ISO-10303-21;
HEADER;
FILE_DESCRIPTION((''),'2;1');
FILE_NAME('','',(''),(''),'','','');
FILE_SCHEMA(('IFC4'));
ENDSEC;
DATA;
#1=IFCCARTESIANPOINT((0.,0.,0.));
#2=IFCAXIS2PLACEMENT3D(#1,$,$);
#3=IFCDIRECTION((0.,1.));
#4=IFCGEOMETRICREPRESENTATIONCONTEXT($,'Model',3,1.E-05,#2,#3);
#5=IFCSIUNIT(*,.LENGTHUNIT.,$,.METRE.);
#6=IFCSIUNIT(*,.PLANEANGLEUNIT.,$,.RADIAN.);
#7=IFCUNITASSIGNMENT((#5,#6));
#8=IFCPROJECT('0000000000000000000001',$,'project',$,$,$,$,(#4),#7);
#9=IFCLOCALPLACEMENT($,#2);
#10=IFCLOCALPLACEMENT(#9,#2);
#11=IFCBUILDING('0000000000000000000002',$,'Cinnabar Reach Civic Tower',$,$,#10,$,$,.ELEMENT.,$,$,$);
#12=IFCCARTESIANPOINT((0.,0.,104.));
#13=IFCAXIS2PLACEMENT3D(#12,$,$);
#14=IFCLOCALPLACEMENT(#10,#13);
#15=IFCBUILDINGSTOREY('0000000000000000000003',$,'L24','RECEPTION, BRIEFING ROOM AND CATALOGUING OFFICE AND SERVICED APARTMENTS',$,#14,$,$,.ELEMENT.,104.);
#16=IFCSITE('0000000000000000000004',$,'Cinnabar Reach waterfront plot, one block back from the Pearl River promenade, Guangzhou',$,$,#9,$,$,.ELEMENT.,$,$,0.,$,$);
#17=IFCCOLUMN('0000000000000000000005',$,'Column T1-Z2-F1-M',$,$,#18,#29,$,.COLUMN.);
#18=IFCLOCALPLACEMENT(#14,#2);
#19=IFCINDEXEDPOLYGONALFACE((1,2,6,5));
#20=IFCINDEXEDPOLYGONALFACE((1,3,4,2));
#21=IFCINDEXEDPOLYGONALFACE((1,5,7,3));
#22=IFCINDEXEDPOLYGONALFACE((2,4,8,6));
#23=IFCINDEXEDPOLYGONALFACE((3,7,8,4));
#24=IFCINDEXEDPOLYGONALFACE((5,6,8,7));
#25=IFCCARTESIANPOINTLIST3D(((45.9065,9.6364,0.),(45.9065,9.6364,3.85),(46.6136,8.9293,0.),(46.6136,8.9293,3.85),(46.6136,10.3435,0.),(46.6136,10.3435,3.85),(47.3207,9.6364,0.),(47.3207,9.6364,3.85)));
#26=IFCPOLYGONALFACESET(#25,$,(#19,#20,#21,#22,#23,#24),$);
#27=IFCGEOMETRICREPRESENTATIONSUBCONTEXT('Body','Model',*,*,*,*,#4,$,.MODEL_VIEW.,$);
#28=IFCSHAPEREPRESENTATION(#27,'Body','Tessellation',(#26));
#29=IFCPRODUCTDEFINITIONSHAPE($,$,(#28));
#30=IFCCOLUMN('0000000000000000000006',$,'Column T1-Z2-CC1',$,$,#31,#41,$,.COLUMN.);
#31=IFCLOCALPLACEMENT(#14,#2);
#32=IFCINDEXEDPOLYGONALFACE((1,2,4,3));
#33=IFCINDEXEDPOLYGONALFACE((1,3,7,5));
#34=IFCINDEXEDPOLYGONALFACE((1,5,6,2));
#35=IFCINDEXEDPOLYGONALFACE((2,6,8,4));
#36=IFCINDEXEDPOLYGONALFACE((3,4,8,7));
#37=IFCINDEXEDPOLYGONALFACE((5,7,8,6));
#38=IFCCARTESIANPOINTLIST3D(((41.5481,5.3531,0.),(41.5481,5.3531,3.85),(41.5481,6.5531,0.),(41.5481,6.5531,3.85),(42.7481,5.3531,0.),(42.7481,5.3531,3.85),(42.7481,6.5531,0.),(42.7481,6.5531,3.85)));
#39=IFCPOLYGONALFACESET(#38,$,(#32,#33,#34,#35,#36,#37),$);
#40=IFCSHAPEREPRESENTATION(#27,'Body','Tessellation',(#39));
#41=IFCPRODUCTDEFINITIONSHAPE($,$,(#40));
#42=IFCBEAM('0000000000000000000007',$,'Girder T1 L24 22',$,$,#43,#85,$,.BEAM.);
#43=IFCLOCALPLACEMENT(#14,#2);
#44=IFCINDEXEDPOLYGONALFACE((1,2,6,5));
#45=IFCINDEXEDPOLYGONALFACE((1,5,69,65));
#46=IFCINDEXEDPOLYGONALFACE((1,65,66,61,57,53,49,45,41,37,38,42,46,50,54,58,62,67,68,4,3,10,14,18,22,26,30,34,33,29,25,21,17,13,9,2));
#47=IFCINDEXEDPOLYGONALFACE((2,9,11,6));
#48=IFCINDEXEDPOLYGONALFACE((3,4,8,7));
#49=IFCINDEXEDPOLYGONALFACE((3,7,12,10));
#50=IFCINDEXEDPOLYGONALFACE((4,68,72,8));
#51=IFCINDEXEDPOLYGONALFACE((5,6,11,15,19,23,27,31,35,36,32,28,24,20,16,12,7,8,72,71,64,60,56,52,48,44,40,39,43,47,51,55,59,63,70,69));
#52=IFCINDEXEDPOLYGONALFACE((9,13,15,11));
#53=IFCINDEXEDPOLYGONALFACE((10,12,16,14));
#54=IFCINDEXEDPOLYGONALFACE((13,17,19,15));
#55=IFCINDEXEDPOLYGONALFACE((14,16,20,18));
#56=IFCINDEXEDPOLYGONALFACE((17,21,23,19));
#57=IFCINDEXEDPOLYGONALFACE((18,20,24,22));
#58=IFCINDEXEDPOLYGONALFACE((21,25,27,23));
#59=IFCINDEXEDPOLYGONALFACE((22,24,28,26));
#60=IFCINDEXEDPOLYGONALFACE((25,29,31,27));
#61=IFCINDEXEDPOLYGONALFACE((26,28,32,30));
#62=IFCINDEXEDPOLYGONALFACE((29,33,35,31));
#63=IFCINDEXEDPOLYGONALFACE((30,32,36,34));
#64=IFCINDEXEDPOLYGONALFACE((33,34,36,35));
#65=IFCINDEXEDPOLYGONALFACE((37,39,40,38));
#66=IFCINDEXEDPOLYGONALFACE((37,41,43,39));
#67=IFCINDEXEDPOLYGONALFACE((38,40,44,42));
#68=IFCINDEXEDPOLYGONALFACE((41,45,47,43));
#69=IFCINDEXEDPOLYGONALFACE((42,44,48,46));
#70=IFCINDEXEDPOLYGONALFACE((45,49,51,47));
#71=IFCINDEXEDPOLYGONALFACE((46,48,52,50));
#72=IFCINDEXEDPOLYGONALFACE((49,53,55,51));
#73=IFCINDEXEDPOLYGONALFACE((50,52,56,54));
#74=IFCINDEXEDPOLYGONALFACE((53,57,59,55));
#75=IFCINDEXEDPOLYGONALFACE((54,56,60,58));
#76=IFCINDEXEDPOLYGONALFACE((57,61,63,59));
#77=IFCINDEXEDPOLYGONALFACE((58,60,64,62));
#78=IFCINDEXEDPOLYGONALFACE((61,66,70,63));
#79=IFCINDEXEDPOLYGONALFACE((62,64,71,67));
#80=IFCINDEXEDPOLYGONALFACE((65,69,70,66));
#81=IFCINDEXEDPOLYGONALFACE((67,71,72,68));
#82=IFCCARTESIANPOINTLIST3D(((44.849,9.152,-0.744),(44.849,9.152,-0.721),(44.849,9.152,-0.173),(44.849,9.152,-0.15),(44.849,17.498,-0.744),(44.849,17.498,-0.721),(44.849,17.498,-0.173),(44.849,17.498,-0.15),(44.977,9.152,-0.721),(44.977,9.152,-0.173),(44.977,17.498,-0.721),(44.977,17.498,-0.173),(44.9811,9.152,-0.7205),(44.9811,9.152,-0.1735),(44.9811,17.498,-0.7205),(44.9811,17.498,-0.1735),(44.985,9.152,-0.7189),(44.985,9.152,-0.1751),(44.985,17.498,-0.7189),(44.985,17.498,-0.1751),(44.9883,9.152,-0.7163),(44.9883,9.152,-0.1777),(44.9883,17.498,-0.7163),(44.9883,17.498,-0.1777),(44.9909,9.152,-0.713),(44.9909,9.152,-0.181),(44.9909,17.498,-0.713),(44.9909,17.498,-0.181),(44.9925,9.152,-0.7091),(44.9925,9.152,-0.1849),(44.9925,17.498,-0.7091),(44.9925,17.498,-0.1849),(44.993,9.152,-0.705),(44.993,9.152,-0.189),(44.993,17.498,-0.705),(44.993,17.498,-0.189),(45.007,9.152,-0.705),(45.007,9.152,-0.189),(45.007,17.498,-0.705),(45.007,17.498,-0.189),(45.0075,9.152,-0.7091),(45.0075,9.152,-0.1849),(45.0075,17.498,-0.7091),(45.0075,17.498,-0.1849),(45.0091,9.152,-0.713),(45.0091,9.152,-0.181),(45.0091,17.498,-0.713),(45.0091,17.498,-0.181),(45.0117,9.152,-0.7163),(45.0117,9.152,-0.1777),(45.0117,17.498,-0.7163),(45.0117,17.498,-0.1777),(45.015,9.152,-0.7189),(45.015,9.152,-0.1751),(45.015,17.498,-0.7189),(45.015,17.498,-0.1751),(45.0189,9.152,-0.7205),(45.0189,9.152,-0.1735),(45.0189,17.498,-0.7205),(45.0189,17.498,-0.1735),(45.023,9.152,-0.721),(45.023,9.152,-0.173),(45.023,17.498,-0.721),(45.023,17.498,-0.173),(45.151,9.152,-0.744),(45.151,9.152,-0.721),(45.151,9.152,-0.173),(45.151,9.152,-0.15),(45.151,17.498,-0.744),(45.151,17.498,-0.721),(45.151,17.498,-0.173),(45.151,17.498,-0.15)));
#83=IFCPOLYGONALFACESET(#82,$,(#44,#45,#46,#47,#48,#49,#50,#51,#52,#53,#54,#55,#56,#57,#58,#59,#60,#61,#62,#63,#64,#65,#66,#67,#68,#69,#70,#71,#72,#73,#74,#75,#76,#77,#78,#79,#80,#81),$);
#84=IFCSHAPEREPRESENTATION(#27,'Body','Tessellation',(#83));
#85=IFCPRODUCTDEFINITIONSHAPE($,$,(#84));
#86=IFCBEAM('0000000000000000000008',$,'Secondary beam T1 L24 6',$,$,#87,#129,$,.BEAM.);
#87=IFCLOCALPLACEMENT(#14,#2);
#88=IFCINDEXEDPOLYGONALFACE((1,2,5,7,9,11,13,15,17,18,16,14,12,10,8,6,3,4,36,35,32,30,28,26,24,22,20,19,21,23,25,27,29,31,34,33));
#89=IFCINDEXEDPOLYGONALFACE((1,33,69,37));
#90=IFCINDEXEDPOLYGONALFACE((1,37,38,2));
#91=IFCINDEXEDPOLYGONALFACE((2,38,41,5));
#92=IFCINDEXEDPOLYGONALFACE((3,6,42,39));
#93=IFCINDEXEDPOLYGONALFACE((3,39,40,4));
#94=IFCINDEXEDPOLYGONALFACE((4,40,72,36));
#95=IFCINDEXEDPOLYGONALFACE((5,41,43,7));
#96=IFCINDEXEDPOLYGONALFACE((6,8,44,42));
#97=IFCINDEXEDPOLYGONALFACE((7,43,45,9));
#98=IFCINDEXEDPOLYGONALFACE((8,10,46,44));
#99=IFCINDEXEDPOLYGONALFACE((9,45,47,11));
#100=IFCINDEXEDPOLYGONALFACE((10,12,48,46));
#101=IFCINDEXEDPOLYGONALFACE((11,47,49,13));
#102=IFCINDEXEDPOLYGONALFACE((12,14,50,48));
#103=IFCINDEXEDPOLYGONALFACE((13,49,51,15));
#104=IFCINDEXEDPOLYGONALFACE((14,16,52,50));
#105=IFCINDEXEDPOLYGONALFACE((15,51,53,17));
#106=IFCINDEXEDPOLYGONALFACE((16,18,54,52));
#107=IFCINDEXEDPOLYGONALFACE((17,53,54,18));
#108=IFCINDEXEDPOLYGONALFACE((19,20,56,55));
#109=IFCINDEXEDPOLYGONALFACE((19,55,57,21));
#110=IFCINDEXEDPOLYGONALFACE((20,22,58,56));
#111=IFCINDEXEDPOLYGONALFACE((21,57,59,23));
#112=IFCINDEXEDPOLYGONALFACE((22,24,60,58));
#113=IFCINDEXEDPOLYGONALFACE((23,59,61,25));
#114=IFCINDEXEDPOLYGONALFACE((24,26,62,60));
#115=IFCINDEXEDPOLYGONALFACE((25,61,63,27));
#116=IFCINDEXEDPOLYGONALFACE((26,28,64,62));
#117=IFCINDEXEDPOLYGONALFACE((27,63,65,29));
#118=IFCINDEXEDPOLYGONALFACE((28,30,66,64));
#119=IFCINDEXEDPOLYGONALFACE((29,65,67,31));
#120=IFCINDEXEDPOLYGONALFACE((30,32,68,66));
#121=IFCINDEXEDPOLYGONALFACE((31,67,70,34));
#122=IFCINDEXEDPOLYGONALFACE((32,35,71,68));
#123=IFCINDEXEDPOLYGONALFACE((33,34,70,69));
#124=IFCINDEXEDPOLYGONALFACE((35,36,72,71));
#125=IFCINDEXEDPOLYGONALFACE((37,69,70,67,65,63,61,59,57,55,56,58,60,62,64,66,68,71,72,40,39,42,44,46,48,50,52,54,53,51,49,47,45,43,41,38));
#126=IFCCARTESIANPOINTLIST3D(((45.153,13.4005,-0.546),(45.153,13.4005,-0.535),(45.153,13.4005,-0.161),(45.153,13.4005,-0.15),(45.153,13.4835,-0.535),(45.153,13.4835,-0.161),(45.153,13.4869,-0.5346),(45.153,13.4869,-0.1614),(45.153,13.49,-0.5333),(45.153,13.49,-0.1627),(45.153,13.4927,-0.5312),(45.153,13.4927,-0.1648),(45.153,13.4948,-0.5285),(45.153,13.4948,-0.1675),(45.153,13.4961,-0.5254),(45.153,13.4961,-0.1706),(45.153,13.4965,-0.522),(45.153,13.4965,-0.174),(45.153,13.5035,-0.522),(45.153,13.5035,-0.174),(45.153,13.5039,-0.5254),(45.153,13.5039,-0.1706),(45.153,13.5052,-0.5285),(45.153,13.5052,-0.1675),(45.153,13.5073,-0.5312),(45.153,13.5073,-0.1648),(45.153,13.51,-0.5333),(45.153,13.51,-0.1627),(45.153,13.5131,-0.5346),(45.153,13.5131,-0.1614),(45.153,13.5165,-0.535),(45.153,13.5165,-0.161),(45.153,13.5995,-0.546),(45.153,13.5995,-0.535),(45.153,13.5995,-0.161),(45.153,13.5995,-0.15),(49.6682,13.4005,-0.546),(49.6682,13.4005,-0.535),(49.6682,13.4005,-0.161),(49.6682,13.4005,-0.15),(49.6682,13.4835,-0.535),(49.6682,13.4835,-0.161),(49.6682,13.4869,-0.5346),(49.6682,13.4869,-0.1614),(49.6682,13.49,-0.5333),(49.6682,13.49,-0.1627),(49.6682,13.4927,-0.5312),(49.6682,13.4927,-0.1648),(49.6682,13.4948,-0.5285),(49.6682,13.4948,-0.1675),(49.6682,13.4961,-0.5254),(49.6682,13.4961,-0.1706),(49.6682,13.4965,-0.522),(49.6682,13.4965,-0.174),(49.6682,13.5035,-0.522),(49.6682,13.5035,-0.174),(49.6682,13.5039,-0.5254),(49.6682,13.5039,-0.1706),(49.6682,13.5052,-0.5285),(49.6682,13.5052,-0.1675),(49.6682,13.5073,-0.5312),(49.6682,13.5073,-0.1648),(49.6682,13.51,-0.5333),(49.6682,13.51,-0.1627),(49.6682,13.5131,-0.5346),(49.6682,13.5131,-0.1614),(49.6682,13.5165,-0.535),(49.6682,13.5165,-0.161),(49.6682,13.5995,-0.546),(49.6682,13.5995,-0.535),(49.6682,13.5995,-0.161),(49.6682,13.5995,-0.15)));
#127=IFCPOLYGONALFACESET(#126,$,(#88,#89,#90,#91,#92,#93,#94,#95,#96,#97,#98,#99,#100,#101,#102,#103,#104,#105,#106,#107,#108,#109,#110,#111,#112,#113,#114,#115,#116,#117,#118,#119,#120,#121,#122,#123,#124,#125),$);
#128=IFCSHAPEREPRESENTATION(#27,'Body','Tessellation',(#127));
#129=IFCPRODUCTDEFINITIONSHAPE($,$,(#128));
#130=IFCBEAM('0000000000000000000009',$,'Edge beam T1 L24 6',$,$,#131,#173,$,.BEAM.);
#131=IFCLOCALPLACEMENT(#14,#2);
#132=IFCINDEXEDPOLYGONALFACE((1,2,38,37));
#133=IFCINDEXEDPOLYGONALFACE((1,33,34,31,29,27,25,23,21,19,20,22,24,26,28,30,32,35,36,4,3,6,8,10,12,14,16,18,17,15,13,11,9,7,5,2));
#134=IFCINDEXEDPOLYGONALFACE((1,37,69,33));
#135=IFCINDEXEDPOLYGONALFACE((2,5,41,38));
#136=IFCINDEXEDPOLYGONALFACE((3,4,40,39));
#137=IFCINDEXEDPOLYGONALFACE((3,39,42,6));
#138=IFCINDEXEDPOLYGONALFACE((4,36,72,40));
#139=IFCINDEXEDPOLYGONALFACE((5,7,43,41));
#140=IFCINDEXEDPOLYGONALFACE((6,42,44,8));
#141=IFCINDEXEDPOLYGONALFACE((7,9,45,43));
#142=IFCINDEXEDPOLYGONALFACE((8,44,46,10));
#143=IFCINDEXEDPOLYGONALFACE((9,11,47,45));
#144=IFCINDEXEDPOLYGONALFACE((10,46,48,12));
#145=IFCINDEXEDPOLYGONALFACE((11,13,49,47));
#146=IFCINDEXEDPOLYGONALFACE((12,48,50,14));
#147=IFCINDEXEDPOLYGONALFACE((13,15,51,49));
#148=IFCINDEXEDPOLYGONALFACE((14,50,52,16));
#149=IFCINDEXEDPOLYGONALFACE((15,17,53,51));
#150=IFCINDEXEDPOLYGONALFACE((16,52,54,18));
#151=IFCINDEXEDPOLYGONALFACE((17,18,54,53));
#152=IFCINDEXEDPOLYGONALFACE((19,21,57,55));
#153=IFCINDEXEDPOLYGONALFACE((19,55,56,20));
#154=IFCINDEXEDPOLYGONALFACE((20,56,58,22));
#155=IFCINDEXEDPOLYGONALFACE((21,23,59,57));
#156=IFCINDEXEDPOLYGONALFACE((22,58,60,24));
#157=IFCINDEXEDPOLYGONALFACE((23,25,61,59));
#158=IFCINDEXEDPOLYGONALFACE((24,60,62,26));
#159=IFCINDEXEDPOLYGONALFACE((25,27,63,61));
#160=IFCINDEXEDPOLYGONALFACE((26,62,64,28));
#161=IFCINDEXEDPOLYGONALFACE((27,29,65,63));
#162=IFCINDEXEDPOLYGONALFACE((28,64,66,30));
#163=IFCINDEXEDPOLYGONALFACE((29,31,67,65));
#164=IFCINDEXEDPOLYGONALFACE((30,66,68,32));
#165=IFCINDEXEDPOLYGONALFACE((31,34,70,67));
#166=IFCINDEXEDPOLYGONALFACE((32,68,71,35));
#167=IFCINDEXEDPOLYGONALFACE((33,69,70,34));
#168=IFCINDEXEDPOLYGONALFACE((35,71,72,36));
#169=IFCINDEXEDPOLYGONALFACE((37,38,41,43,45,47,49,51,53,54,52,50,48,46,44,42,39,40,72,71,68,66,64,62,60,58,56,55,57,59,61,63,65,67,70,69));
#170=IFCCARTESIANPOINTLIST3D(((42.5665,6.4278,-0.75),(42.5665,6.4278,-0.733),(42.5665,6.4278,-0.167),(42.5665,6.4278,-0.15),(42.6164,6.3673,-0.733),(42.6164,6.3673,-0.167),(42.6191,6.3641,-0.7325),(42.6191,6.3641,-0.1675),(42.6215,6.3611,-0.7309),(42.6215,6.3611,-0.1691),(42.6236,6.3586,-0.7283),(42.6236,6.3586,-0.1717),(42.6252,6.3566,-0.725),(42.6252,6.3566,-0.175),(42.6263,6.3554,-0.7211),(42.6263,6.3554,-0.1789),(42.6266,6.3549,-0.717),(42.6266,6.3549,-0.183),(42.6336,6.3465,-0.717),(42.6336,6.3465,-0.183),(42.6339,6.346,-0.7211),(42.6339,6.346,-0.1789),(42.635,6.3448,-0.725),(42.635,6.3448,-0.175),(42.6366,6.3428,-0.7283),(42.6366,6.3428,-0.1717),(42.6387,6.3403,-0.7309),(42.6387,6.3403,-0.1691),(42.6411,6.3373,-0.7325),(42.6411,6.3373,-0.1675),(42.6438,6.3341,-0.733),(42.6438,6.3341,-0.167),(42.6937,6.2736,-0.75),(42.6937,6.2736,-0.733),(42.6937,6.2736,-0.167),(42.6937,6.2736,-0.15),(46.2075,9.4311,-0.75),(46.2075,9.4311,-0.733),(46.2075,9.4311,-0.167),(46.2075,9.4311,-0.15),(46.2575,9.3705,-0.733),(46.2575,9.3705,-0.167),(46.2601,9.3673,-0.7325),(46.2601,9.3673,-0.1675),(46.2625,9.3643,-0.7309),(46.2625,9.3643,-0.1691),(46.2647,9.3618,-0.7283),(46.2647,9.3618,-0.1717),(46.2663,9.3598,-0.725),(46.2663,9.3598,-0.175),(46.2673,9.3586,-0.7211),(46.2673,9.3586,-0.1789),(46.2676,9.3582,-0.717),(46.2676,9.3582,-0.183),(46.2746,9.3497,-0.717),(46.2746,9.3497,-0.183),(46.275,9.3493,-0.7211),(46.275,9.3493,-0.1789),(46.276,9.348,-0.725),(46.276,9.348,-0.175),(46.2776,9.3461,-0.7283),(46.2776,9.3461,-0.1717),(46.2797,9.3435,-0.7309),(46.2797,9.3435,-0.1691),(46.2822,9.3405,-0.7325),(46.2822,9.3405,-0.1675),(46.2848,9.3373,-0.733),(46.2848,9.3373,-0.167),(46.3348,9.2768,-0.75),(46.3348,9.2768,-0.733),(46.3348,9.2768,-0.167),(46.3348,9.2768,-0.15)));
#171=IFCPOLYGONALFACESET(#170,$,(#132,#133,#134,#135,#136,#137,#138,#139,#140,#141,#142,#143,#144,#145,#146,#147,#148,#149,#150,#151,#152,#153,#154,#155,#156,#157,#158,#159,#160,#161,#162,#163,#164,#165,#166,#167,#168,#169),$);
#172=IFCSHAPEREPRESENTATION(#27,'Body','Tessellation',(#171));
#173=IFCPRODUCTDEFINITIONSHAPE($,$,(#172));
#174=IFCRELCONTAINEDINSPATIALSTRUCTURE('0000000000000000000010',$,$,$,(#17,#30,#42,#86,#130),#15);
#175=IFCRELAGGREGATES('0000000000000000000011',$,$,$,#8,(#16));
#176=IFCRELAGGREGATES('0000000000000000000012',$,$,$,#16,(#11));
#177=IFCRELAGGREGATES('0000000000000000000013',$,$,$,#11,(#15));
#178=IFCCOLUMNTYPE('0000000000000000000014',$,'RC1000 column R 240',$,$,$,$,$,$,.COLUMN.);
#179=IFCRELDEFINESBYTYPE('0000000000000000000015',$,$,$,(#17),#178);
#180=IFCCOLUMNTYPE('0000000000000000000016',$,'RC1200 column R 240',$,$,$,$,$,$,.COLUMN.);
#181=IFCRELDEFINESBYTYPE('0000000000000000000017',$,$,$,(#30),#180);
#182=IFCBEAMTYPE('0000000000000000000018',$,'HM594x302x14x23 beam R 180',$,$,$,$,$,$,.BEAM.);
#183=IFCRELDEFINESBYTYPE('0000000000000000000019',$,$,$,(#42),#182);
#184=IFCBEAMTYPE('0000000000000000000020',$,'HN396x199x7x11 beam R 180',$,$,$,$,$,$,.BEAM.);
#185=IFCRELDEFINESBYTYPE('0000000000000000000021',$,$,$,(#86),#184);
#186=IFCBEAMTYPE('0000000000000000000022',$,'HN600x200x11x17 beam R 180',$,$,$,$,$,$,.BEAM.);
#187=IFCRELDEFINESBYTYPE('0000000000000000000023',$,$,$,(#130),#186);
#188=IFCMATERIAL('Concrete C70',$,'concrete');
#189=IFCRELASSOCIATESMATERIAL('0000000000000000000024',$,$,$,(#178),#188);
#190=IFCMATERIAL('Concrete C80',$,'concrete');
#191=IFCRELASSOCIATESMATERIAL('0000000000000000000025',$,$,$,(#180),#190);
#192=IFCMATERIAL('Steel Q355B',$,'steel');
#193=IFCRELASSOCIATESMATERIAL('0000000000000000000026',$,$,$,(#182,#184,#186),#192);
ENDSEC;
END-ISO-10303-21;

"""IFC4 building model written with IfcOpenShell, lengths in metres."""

from ifc_helpers import new_model, si_unit, direction, frame, origin, origin_2d, place, context, subcontext, project, spatial, rectangle, i_section, extrude, material, material_profile, profile_set, type_object, element, save


model = new_model("IFC4")

# Units and contexts
model_context = context("Model", 3, precision=1e-05, world=origin(), true_north=direction((0.0, 1.0)))
body_context = subcontext(model_context, "Body", "Model", "MODEL_VIEW")
ifc_project = project(units=[si_unit("LENGTHUNIT", "METRE"), si_unit("PLANEANGLEUNIT", "RADIAN")], contexts=[model_context])

# Site, building, storey
site_placement = place(None, origin())
site = spatial("IfcSite", under=ifc_project, at=site_placement, Name="Cinnabar Reach waterfront plot, one block back from the Pearl River promenade, Guangzhou", CompositionType="ELEMENT", RefElevation=0.0)
building_placement = place(site_placement, origin())
building = spatial("IfcBuilding", under=site, at=building_placement, Name="Cinnabar Reach Civic Tower", CompositionType="ELEMENT")
storey_placement = place(building_placement, frame((0.0, 0.0, 104.0)))
storey = spatial("IfcBuildingStorey", under=building, at=storey_placement, Name="L24", Description="RECEPTION, BRIEFING ROOM AND CATALOGUING OFFICE AND SERVICED APARTMENTS", CompositionType="ELEMENT", Elevation=104.0)

# Columns
ifc_material_1 = material(Name="Concrete C70", Category="concrete")
ifc_material_profile_1 = material_profile(ifc_material_1, rectangle(XDim=1.0, YDim=1.0, at=origin_2d()), Name="RC1000")
ifc_profile_set_1 = profile_set([ifc_material_profile_1], Name="Concrete C70")
column_type_1 = type_object("IfcColumnType", Name="RC1000 column R 240", PredefinedType="COLUMN", material=ifc_profile_set_1)
column_1_placement = place(storey_placement, frame((46.6136, 9.6364, 0.0), z_axis=(0.0, 0.0, 1.0), x_axis=(0.707107, 0.707107, 0.0)))
element("IfcColumn", 1, at=column_1_placement, inside=storey, type_object=column_type_1, Name="Column T1-Z2-F1-M", PredefinedType="COLUMN", context=body_context, shape_type="SweptSolid", body=[
    extrude(rectangle(XDim=1.0, YDim=1.0, at=origin_2d()), origin(), (0.0, 0.0, 1.0), 3.85),
])
ifc_material_2 = material(Name="Concrete C80", Category="concrete")
ifc_material_profile_2 = material_profile(ifc_material_2, rectangle(XDim=1.2, YDim=1.2, at=origin_2d()), Name="RC1200")
ifc_profile_set_2 = profile_set([ifc_material_profile_2], Name="Concrete C80")
column_type_2 = type_object("IfcColumnType", Name="RC1200 column R 240", PredefinedType="COLUMN", material=ifc_profile_set_2)
column_2_placement = place(storey_placement, frame((42.1481, 5.9531, 0.0), z_axis=(0.0, 0.0, 1.0), x_axis=(1.0, 0.0, 0.0)))
element("IfcColumn", 2, at=column_2_placement, inside=storey, type_object=column_type_2, Name="Column T1-Z2-CC1", PredefinedType="COLUMN", context=body_context, shape_type="SweptSolid", body=[
    extrude(rectangle(XDim=1.2, YDim=1.2, at=origin_2d()), origin(), (0.0, 0.0, 1.0), 3.85),
])

# Beams
ifc_material_3 = material(Name="Steel Q355B", Category="steel")
ifc_material_profile_3 = material_profile(ifc_material_3, i_section(OverallWidth=0.302, OverallDepth=0.594, WebThickness=0.014, FlangeThickness=0.023, FilletRadius=0.016, at=origin_2d()), Name="HM594x302x14x23")
ifc_profile_set_3 = profile_set([ifc_material_profile_3], Name="Steel Q355B")
beam_type_1 = type_object("IfcBeamType", Name="HM594x302x14x23 beam R 180", PredefinedType="BEAM", material=ifc_profile_set_3)
beam_1_placement = place(storey_placement, frame((45.0, 9.152, -0.447), z_axis=(0.0, 1.0, 0.0), x_axis=(-1.0, 0.0, 0.0)))
element("IfcBeam", 3, at=beam_1_placement, inside=storey, type_object=beam_type_1, Name="Girder T1 L24 22", PredefinedType="BEAM", context=body_context, shape_type="SweptSolid", body=[
    extrude(i_section(OverallWidth=0.302, OverallDepth=0.594, WebThickness=0.014, FlangeThickness=0.023, FilletRadius=0.016, at=origin_2d()), origin(), (0.0, 0.0, 1.0), 8.346),
])
ifc_material_profile_4 = material_profile(ifc_material_3, i_section(OverallWidth=0.199, OverallDepth=0.396, WebThickness=0.007, FlangeThickness=0.011, FilletRadius=0.013, at=origin_2d()), Name="HN396x199x7x11")
ifc_profile_set_4 = profile_set([ifc_material_profile_4], Name="Steel Q355B")
beam_type_2 = type_object("IfcBeamType", Name="HN396x199x7x11 beam R 180", PredefinedType="BEAM", material=ifc_profile_set_4)
beam_2_placement = place(storey_placement, frame((45.153, 13.5, -0.348), z_axis=(1.0, 0.0, 0.0), x_axis=(0.0, 1.0, 0.0)))
element("IfcBeam", 4, at=beam_2_placement, inside=storey, type_object=beam_type_2, Name="Secondary beam T1 L24 6", PredefinedType="BEAM", context=body_context, shape_type="SweptSolid", body=[
    extrude(i_section(OverallWidth=0.199, OverallDepth=0.396, WebThickness=0.007, FlangeThickness=0.011, FilletRadius=0.013, at=origin_2d()), origin(), (0.0, 0.0, 1.0), 4.5152),
])
ifc_material_profile_5 = material_profile(ifc_material_3, i_section(OverallWidth=0.2, OverallDepth=0.6, WebThickness=0.011, FlangeThickness=0.017, FilletRadius=0.016, at=origin_2d()), Name="HN600x200x11x17")
ifc_profile_set_5 = profile_set([ifc_material_profile_5], Name="Steel Q355B")
beam_type_3 = type_object("IfcBeamType", Name="HN600x200x11x17 beam R 180", PredefinedType="BEAM", material=ifc_profile_set_5)
for number, where, z_axis, x_axis, name in (
    (5, (42.6301, 6.3507, -0.45), (0.771438, 0.636304, 0.0), (-0.636304, 0.771438, 0.0), "Edge beam T1 L24 6"),
):
    element("IfcBeam", number, at=place(storey_placement, frame(where, z_axis=z_axis, x_axis=x_axis)), inside=storey, type_object=beam_type_3, Name=name, PredefinedType="BEAM", context=body_context, shape_type="SweptSolid", body=[
        extrude(i_section(OverallWidth=0.2, OverallDepth=0.6, WebThickness=0.011, FlangeThickness=0.017, FilletRadius=0.016, at=origin_2d()), origin(), (0.0, 0.0, 1.0), 4.7198),
    ])

save(model, "model.ifc")
